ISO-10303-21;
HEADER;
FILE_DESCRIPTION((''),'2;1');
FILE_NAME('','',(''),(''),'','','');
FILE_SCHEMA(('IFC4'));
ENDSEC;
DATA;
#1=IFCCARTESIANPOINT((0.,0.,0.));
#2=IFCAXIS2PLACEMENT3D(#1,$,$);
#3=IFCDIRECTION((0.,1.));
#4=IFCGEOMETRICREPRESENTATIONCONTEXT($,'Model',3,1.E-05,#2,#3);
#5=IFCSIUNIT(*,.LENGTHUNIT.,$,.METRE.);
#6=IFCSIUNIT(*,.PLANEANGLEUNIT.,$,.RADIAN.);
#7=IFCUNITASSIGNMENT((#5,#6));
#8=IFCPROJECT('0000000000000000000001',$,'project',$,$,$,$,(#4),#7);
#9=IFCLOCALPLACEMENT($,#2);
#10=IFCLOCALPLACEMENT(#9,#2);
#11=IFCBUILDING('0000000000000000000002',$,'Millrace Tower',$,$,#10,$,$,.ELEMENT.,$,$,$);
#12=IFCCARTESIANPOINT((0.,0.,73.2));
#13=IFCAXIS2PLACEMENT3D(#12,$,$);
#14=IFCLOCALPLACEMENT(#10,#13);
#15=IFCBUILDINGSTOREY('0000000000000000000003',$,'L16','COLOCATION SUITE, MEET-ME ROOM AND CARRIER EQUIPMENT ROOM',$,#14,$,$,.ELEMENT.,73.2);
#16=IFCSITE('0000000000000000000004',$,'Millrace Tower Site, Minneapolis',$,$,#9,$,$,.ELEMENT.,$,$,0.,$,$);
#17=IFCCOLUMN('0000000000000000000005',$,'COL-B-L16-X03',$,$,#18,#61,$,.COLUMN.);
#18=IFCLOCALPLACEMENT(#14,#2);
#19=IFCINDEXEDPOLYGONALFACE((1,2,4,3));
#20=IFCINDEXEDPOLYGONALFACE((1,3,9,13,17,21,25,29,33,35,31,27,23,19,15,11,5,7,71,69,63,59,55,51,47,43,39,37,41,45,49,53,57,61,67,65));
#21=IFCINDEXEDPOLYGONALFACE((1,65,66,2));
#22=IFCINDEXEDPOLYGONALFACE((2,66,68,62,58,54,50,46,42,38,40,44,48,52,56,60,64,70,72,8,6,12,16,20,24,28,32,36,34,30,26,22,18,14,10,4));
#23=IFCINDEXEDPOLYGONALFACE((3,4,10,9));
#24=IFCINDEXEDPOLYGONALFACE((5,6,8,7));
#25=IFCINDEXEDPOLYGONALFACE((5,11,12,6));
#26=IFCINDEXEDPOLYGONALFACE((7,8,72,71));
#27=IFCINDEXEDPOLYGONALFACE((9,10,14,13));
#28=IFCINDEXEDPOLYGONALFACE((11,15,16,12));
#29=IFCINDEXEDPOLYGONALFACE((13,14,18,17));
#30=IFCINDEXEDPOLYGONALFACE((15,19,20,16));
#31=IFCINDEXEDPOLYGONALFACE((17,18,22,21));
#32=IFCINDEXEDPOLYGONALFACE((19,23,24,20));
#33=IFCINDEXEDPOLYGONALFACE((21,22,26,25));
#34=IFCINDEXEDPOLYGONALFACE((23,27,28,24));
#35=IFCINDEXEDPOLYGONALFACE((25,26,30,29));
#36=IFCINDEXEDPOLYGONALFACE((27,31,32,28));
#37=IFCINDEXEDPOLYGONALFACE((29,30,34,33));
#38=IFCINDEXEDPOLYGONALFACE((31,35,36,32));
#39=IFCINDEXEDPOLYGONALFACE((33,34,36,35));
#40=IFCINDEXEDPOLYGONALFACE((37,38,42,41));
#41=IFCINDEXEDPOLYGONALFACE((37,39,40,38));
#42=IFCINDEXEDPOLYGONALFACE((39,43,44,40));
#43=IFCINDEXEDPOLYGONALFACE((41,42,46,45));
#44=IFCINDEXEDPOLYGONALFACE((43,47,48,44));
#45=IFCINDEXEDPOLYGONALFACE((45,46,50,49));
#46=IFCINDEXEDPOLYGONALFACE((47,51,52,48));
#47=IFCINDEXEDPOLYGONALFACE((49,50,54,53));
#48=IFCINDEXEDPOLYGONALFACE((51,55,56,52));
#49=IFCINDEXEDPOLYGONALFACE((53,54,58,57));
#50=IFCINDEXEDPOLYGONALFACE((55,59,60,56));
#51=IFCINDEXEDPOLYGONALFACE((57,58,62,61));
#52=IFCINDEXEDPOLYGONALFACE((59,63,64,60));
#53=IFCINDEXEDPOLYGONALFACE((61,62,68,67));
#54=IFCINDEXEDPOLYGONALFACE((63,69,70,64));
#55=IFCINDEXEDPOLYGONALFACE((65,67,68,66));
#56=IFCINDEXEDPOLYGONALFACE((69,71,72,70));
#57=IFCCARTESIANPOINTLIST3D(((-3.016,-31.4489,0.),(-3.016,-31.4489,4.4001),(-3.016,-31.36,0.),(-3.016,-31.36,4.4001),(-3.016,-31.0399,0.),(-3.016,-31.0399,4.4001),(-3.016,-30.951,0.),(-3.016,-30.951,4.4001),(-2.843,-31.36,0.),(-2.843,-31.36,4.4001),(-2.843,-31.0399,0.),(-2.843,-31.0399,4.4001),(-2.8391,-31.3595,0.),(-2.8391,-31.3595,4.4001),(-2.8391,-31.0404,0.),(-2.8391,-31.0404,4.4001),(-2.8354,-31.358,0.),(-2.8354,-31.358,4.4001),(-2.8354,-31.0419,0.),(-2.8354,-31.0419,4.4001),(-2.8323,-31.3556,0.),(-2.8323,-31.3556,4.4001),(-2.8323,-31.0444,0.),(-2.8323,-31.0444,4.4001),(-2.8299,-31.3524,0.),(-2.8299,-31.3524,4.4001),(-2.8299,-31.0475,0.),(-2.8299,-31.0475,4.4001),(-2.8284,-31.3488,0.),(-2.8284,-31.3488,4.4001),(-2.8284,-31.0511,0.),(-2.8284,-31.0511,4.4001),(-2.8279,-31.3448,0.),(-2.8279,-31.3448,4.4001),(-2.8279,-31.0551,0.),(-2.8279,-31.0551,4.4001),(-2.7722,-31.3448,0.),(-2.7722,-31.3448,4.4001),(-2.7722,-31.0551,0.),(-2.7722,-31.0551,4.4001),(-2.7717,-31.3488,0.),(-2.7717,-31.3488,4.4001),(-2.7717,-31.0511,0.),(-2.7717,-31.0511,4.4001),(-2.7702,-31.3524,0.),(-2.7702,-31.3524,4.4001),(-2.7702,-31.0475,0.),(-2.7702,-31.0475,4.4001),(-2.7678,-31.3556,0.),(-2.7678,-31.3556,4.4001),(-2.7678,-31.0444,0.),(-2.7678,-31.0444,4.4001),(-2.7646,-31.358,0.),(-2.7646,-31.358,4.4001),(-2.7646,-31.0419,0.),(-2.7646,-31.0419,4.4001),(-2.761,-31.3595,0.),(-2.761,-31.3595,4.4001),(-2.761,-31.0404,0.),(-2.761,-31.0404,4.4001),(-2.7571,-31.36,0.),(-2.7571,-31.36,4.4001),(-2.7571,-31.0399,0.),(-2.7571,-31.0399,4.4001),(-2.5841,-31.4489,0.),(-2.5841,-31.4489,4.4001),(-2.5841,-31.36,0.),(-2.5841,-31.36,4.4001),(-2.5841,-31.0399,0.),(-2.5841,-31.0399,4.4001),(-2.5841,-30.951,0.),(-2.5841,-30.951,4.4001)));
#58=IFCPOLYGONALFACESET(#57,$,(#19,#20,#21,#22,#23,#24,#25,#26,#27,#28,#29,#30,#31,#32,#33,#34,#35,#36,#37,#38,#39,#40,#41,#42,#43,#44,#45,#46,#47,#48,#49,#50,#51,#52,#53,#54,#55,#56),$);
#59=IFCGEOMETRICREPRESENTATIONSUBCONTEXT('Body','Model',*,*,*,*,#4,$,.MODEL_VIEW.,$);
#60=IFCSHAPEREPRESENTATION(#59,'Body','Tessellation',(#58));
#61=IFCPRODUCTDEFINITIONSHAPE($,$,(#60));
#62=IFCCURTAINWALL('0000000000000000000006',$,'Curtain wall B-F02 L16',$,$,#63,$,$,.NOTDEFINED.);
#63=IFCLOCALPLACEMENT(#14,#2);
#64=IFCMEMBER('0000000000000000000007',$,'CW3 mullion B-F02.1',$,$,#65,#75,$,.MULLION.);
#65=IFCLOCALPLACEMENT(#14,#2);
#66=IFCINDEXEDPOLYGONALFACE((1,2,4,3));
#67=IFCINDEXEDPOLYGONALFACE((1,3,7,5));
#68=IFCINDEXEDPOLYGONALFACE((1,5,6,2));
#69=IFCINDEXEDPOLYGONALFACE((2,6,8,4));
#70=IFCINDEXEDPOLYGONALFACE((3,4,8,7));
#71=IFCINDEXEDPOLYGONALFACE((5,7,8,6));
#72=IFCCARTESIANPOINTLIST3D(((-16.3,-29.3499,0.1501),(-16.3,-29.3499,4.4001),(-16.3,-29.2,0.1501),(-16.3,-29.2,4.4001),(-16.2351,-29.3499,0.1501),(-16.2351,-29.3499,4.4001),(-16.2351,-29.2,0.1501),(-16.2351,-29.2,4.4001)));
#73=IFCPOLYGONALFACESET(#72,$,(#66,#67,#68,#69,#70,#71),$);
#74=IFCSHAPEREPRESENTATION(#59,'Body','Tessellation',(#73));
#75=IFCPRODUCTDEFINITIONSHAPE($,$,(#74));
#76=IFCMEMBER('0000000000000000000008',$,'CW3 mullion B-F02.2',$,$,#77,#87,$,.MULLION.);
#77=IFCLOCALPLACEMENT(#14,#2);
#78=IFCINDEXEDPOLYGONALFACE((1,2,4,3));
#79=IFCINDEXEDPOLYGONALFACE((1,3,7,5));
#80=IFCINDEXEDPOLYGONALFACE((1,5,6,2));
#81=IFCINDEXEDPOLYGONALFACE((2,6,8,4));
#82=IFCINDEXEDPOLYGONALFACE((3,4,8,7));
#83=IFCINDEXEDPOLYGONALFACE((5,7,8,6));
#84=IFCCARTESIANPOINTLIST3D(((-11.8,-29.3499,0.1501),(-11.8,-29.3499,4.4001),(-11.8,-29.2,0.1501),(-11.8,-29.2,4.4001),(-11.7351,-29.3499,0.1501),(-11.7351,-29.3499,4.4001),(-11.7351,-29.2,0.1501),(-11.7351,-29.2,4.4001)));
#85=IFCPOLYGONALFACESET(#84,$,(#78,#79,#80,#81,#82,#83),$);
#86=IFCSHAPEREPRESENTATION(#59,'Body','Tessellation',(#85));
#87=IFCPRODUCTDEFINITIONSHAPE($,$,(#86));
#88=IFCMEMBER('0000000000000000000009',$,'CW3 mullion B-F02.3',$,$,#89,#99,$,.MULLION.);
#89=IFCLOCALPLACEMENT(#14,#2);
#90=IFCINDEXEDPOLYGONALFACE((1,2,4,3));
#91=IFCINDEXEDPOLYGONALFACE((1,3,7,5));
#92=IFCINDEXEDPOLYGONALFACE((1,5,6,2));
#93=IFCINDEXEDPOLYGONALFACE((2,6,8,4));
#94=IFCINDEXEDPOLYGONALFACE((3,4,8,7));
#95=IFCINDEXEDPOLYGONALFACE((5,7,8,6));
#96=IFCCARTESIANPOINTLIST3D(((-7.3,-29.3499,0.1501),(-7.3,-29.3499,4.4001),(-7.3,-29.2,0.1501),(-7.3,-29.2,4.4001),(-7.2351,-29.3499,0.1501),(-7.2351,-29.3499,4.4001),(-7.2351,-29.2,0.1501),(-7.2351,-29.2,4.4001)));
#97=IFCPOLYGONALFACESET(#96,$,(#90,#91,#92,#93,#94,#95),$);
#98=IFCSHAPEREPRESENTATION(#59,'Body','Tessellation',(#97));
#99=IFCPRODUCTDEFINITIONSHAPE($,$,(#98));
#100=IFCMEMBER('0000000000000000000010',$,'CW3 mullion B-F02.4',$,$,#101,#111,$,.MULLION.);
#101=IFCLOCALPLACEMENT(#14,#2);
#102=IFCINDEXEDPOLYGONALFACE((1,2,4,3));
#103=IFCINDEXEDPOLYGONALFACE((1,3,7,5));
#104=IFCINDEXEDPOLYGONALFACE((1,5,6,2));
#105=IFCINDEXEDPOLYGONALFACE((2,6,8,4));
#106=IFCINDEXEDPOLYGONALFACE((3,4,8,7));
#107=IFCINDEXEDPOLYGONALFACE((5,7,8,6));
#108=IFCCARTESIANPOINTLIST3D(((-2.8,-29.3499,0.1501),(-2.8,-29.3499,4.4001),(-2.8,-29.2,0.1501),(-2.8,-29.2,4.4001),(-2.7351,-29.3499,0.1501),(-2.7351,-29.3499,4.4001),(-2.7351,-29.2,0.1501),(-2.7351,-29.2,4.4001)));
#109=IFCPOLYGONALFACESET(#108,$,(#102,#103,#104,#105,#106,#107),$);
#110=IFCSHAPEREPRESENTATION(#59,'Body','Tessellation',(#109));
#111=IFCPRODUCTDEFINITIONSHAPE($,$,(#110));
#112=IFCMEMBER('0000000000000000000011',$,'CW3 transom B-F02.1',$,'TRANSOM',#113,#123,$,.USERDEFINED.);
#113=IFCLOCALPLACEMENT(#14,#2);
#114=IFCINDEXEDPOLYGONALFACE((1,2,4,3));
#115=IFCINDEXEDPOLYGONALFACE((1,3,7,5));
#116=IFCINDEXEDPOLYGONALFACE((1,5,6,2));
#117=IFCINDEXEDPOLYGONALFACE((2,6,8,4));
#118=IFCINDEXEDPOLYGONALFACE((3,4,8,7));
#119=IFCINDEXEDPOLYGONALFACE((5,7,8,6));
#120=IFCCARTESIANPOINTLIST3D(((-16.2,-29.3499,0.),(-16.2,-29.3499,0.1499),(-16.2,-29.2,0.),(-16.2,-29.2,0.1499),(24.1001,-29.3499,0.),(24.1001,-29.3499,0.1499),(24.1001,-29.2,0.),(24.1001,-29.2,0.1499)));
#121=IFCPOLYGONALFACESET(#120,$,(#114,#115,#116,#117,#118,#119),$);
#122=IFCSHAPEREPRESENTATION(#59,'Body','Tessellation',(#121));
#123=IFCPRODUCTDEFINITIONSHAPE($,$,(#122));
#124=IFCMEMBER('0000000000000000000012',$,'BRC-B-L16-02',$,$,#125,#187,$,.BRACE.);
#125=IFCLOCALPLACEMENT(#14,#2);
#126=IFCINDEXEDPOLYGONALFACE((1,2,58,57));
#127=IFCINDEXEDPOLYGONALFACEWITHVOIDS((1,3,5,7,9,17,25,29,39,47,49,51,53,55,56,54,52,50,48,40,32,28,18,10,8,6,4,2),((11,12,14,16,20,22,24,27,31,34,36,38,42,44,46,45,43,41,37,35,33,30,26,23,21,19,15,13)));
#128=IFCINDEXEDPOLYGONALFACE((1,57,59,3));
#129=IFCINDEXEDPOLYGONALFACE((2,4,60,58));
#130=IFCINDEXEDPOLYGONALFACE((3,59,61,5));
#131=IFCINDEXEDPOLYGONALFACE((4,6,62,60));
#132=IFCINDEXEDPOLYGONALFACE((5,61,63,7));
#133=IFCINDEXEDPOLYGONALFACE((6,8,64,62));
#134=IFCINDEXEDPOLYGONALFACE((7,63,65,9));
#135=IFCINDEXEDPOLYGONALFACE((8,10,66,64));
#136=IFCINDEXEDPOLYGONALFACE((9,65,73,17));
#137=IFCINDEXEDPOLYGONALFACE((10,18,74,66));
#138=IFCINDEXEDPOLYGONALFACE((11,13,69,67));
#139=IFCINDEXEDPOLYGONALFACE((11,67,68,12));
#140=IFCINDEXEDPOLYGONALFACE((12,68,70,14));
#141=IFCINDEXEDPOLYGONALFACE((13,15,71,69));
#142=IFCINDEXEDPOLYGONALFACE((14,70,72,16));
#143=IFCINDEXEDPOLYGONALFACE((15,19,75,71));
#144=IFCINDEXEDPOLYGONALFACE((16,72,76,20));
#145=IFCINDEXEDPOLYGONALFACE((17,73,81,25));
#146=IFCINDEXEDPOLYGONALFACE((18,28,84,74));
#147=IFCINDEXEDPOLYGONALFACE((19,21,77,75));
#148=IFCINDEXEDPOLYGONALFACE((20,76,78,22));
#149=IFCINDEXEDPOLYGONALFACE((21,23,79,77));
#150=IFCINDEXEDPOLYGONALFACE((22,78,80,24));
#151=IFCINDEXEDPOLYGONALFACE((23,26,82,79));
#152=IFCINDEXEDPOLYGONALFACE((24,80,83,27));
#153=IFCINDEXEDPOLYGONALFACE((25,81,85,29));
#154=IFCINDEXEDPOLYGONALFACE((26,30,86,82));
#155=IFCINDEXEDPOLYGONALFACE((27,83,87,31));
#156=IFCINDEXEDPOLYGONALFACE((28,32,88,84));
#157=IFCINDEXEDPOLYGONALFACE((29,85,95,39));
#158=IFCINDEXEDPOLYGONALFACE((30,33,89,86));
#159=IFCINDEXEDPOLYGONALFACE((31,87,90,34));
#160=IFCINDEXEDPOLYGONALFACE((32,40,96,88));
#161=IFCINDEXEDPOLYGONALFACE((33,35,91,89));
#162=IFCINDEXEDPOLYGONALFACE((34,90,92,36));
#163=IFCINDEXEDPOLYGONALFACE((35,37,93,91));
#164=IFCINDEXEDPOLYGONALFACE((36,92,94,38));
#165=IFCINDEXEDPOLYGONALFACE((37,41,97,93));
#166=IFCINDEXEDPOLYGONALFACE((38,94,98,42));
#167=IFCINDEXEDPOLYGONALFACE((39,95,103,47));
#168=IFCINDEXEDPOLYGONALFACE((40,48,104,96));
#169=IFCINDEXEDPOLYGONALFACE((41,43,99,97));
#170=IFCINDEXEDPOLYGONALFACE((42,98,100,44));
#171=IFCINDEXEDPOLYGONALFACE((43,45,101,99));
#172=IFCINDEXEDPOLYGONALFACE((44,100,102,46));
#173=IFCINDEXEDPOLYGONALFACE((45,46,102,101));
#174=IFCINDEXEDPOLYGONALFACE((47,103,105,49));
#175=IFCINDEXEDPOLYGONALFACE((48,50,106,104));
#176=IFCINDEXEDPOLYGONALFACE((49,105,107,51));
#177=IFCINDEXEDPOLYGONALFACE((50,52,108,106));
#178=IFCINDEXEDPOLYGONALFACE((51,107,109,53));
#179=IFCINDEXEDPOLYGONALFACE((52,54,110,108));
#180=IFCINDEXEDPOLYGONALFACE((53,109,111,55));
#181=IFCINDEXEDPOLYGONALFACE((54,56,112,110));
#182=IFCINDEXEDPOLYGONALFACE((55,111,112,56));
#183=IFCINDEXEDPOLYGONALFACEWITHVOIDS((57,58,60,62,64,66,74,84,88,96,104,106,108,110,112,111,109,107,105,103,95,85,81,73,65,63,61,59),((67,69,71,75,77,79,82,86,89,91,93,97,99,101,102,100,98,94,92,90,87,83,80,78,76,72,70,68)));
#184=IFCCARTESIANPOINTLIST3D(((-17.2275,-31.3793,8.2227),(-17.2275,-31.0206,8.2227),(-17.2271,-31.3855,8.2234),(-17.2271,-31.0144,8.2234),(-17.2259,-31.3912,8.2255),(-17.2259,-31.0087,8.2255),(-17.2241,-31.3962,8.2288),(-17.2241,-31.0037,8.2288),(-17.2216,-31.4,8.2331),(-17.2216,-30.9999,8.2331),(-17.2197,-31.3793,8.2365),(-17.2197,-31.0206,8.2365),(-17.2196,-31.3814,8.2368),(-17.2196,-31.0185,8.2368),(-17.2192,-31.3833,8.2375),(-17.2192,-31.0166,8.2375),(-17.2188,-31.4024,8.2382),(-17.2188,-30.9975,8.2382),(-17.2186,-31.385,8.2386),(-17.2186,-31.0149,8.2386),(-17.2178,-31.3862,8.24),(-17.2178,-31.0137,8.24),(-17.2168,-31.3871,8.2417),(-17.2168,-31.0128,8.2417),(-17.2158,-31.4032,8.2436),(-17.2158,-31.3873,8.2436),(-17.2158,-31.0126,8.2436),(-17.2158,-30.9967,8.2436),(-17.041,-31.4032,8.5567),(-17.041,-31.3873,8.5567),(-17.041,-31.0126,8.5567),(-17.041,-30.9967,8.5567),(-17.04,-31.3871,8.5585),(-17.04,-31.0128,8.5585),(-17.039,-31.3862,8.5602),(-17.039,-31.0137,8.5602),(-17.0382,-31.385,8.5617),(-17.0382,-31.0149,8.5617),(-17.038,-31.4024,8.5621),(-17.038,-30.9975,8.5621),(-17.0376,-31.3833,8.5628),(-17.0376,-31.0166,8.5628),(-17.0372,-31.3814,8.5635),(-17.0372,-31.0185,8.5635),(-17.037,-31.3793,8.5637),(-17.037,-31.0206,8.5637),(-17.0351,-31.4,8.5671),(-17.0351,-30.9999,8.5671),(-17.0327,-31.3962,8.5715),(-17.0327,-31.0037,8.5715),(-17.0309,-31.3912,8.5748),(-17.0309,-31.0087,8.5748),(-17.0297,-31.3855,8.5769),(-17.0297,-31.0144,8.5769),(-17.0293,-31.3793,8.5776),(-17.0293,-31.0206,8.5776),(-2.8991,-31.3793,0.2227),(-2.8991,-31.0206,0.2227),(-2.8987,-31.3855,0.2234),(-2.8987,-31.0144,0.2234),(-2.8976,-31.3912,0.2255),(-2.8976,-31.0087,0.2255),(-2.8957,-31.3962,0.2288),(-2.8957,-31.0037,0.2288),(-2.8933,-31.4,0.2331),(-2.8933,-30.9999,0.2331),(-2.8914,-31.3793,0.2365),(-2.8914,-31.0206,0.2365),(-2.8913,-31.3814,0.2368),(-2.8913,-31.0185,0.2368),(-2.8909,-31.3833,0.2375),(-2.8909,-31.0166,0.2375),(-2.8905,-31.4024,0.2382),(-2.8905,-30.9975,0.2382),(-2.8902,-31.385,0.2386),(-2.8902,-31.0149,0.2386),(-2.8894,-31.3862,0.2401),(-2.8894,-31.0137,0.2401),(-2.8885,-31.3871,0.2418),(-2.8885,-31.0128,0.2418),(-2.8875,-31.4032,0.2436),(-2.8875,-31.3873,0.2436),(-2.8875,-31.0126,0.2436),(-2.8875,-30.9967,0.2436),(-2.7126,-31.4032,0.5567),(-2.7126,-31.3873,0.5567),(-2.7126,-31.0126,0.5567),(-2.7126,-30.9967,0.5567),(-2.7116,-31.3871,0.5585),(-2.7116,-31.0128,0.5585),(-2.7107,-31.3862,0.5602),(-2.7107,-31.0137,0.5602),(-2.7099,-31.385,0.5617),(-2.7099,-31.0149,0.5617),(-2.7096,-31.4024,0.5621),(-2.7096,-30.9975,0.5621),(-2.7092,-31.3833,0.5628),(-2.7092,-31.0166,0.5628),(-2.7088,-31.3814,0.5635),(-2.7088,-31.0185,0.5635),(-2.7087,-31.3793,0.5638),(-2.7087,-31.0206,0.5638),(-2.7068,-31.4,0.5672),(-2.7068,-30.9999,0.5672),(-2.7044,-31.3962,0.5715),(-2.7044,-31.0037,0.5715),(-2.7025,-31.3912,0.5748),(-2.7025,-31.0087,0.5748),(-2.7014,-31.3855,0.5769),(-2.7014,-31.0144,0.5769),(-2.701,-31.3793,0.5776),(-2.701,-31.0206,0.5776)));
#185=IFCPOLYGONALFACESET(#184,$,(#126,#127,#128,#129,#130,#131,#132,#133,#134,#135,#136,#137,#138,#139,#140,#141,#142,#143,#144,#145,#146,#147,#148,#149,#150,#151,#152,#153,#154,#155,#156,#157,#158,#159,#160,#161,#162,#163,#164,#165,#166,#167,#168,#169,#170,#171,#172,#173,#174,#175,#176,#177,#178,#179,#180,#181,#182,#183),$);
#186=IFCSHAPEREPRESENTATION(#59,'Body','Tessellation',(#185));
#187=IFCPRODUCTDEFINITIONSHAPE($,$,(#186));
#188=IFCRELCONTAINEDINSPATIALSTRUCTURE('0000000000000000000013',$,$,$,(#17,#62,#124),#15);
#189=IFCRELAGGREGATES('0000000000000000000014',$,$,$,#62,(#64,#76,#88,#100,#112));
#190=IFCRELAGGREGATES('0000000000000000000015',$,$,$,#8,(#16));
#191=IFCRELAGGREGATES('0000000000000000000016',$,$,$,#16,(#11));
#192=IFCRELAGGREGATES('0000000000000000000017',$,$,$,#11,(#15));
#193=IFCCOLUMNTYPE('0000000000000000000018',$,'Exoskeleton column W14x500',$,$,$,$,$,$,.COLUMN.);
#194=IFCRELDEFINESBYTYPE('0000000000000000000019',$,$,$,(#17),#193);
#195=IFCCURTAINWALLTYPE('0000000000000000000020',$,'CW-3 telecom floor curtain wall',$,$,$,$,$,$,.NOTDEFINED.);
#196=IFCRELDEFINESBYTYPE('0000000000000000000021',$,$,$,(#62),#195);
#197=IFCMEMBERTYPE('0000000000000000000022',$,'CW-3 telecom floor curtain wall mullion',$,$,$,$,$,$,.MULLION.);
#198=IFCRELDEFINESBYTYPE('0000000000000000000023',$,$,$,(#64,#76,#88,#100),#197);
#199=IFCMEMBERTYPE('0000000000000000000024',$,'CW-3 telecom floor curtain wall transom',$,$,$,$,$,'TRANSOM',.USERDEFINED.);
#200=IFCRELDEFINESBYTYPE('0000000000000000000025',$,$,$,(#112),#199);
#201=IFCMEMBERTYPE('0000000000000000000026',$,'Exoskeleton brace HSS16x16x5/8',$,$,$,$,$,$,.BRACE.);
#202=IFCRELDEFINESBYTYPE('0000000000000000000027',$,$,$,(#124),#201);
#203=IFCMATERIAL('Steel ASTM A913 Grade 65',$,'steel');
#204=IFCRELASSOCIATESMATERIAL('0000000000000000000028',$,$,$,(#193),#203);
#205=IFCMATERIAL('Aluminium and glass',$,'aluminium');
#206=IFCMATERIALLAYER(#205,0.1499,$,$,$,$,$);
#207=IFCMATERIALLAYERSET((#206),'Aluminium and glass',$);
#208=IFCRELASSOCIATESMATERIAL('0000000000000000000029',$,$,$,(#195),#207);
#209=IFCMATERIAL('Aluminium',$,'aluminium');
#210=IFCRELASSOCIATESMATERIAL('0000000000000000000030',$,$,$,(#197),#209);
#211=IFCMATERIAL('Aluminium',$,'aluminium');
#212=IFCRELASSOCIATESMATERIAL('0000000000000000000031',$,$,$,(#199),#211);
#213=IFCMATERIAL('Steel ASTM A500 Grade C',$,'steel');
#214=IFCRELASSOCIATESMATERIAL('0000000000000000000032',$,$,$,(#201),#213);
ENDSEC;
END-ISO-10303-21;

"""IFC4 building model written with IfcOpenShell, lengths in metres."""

from ifc_helpers import new_model, si_unit, direction, frame, origin, origin_2d, place, context, subcontext, project, spatial, rectangle, hollow_rectangle, i_section, extrude, material, layer, layer_set, material_profile, profile_set, type_object, element, aggregate, save


model = new_model("IFC4")

# Units and contexts
model_context = context("Model", 3, precision=1e-05, world=origin(), true_north=direction((0.0, 1.0)))
body_context = subcontext(model_context, "Body", "Model", "MODEL_VIEW")
ifc_project = project(units=[si_unit("LENGTHUNIT", "METRE"), si_unit("PLANEANGLEUNIT", "RADIAN")], contexts=[model_context])

# Site, building, storey
site_placement = place(None, origin())
site = spatial("IfcSite", under=ifc_project, at=site_placement, Name="Millrace Tower Site, Minneapolis", CompositionType="ELEMENT", RefElevation=0.0)
building_placement = place(site_placement, origin())
building = spatial("IfcBuilding", under=site, at=building_placement, Name="Millrace Tower", CompositionType="ELEMENT")
storey_placement = place(building_placement, frame((0.0, 0.0, 73.2)))
storey = spatial("IfcBuildingStorey", under=building, at=storey_placement, Name="L16", Description="COLOCATION SUITE, MEET-ME ROOM AND CARRIER EQUIPMENT ROOM", CompositionType="ELEMENT", Elevation=73.2)

# Column
ifc_material_1 = material(Name="Steel ASTM A913 Grade 65", Category="steel")
ifc_material_profile_1 = material_profile(ifc_material_1, i_section(OverallWidth=0.4319, OverallDepth=0.4978, WebThickness=0.0557, FlangeThickness=0.0889, FilletRadius=0.0151, at=origin_2d()))
ifc_profile_set_1 = profile_set([ifc_material_profile_1], Name="Steel ASTM A913 Grade 65")
column_type = type_object("IfcColumnType", Name="Exoskeleton column W14x500", PredefinedType="COLUMN", material=ifc_profile_set_1)
column_placement = place(storey_placement, frame((-2.8, -31.2, 0.0), z_axis=(0.0, 0.0, 1.0), x_axis=(1.0, 0.0, 0.0)))
element("IfcColumn", 1, at=column_placement, inside=storey, type_object=column_type, Name="COL-B-L16-X03", PredefinedType="COLUMN", context=body_context, shape_type="SweptSolid", body=[
    extrude(i_section(OverallWidth=0.4319, OverallDepth=0.4978, WebThickness=0.0557, FlangeThickness=0.0889, FilletRadius=0.0151, at=origin_2d()), origin(), (0.0, 0.0, 1.0), 4.4001),
])

# Curtain wall, members
ifc_material_2 = material(Name="Aluminium and glass", Category="aluminium")
ifc_layer_1 = layer(ifc_material_2, 0.1499)
ifc_layer_set_1 = layer_set([ifc_layer_1], Name="Aluminium and glass")
curtain_wall_type = type_object("IfcCurtainWallType", Name="CW-3 telecom floor curtain wall", PredefinedType="NOTDEFINED", material=ifc_layer_set_1)
curtain_wall_placement = place(storey_placement, origin())
curtain_wall = element("IfcCurtainWall", 2, at=curtain_wall_placement, inside=storey, type_object=curtain_wall_type, Name="Curtain wall B-F02 L16", PredefinedType="NOTDEFINED")
ifc_material_3 = material(Name="Aluminium", Category="aluminium")
ifc_material_profile_2 = material_profile(ifc_material_3, rectangle(XDim=0.0649, YDim=0.1499, at=origin_2d()))
ifc_profile_set_2 = profile_set([ifc_material_profile_2], Name="Aluminium")
member_type_1 = type_object("IfcMemberType", Name="CW-3 telecom floor curtain wall mullion", PredefinedType="MULLION", material=ifc_profile_set_2)
member_1_placement = place(storey_placement, frame((-16.2676, -29.2749, 0.1501), z_axis=(0.0, 0.0, 1.0), x_axis=(1.0, 0.0, 0.0)))
member_1 = element("IfcMember", 3, at=member_1_placement, type_object=member_type_1, Name="CW3 mullion B-F02.1", PredefinedType="MULLION", context=body_context, shape_type="SweptSolid", body=[
    extrude(rectangle(XDim=0.0649, YDim=0.1499, at=origin_2d()), origin(), (0.0, 0.0, 1.0), 4.25),
])
member_2_placement = place(storey_placement, frame((-11.7676, -29.2749, 0.1501), z_axis=(0.0, 0.0, 1.0), x_axis=(1.0, 0.0, 0.0)))
member_2 = element("IfcMember", 4, at=member_2_placement, type_object=member_type_1, Name="CW3 mullion B-F02.2", PredefinedType="MULLION", context=body_context, shape_type="SweptSolid", body=[
    extrude(rectangle(XDim=0.0649, YDim=0.1499, at=origin_2d()), origin(), (0.0, 0.0, 1.0), 4.25),
])
member_3_placement = place(storey_placement, frame((-7.2676, -29.2749, 0.1501), z_axis=(0.0, 0.0, 1.0), x_axis=(1.0, 0.0, 0.0)))
member_3 = element("IfcMember", 5, at=member_3_placement, type_object=member_type_1, Name="CW3 mullion B-F02.3", PredefinedType="MULLION", context=body_context, shape_type="SweptSolid", body=[
    extrude(rectangle(XDim=0.0649, YDim=0.1499, at=origin_2d()), origin(), (0.0, 0.0, 1.0), 4.25),
])
member_4_placement = place(storey_placement, frame((-2.7676, -29.2749, 0.1501), z_axis=(0.0, 0.0, 1.0), x_axis=(1.0, 0.0, 0.0)))
member_4 = element("IfcMember", 6, at=member_4_placement, type_object=member_type_1, Name="CW3 mullion B-F02.4", PredefinedType="MULLION", context=body_context, shape_type="SweptSolid", body=[
    extrude(rectangle(XDim=0.0649, YDim=0.1499, at=origin_2d()), origin(), (0.0, 0.0, 1.0), 4.25),
])
ifc_material_4 = material(Name="Aluminium", Category="aluminium")
ifc_material_profile_3 = material_profile(ifc_material_4, rectangle(XDim=0.1499, YDim=0.1499, at=origin_2d()))
ifc_profile_set_3 = profile_set([ifc_material_profile_3], Name="Aluminium")
member_type_2 = type_object("IfcMemberType", Name="CW-3 telecom floor curtain wall transom", ElementType="TRANSOM", PredefinedType="USERDEFINED", material=ifc_profile_set_3)
member_5_placement = place(storey_placement, frame((-16.2, -29.2749, 0.075), z_axis=(1.0, 0.0, 0.0), x_axis=(0.0, 1.0, 0.0)))
member_5 = element("IfcMember", 7, at=member_5_placement, type_object=member_type_2, Name="CW3 transom B-F02.1", ObjectType="TRANSOM", PredefinedType="USERDEFINED", context=body_context, shape_type="SweptSolid", body=[
    extrude(rectangle(XDim=0.1499, YDim=0.1499, at=origin_2d()), origin(), (0.0, 0.0, 1.0), 40.3),
])
aggregate(curtain_wall, [member_1, member_2, member_3, member_4, member_5])

# Member
ifc_material_5 = material(Name="Steel ASTM A500 Grade C", Category="steel")
ifc_material_profile_4 = material_profile(ifc_material_5, hollow_rectangle(XDim=0.4065, YDim=0.4065, WallThickness=0.0159, InnerFilletRadius=0.0081, OuterFilletRadius=0.0239, at=origin_2d()))
ifc_profile_set_4 = profile_set([ifc_material_profile_4], Name="Steel ASTM A500 Grade C")
member_type_3 = type_object("IfcMemberType", Name="Exoskeleton brace HSS16x16x5/8", PredefinedType="BRACE", material=ifc_profile_set_4)
member_6_placement = place(storey_placement, frame((-2.8, -31.2, 0.4001), z_axis=(-0.873126, 0.0, 0.487495), x_axis=(0.0, -1.0, 0.0)))
element("IfcMember", 8, at=member_6_placement, inside=storey, type_object=member_type_3, Name="BRC-B-L16-02", PredefinedType="BRACE", context=body_context, shape_type="SweptSolid", body=[
    extrude(hollow_rectangle(XDim=0.4065, YDim=0.4065, WallThickness=0.0159, InnerFilletRadius=0.0081, OuterFilletRadius=0.0239, at=origin_2d()), origin(), (0.0, 0.0, 1.0), 16.4104),
])

save(model, "model.ifc")
